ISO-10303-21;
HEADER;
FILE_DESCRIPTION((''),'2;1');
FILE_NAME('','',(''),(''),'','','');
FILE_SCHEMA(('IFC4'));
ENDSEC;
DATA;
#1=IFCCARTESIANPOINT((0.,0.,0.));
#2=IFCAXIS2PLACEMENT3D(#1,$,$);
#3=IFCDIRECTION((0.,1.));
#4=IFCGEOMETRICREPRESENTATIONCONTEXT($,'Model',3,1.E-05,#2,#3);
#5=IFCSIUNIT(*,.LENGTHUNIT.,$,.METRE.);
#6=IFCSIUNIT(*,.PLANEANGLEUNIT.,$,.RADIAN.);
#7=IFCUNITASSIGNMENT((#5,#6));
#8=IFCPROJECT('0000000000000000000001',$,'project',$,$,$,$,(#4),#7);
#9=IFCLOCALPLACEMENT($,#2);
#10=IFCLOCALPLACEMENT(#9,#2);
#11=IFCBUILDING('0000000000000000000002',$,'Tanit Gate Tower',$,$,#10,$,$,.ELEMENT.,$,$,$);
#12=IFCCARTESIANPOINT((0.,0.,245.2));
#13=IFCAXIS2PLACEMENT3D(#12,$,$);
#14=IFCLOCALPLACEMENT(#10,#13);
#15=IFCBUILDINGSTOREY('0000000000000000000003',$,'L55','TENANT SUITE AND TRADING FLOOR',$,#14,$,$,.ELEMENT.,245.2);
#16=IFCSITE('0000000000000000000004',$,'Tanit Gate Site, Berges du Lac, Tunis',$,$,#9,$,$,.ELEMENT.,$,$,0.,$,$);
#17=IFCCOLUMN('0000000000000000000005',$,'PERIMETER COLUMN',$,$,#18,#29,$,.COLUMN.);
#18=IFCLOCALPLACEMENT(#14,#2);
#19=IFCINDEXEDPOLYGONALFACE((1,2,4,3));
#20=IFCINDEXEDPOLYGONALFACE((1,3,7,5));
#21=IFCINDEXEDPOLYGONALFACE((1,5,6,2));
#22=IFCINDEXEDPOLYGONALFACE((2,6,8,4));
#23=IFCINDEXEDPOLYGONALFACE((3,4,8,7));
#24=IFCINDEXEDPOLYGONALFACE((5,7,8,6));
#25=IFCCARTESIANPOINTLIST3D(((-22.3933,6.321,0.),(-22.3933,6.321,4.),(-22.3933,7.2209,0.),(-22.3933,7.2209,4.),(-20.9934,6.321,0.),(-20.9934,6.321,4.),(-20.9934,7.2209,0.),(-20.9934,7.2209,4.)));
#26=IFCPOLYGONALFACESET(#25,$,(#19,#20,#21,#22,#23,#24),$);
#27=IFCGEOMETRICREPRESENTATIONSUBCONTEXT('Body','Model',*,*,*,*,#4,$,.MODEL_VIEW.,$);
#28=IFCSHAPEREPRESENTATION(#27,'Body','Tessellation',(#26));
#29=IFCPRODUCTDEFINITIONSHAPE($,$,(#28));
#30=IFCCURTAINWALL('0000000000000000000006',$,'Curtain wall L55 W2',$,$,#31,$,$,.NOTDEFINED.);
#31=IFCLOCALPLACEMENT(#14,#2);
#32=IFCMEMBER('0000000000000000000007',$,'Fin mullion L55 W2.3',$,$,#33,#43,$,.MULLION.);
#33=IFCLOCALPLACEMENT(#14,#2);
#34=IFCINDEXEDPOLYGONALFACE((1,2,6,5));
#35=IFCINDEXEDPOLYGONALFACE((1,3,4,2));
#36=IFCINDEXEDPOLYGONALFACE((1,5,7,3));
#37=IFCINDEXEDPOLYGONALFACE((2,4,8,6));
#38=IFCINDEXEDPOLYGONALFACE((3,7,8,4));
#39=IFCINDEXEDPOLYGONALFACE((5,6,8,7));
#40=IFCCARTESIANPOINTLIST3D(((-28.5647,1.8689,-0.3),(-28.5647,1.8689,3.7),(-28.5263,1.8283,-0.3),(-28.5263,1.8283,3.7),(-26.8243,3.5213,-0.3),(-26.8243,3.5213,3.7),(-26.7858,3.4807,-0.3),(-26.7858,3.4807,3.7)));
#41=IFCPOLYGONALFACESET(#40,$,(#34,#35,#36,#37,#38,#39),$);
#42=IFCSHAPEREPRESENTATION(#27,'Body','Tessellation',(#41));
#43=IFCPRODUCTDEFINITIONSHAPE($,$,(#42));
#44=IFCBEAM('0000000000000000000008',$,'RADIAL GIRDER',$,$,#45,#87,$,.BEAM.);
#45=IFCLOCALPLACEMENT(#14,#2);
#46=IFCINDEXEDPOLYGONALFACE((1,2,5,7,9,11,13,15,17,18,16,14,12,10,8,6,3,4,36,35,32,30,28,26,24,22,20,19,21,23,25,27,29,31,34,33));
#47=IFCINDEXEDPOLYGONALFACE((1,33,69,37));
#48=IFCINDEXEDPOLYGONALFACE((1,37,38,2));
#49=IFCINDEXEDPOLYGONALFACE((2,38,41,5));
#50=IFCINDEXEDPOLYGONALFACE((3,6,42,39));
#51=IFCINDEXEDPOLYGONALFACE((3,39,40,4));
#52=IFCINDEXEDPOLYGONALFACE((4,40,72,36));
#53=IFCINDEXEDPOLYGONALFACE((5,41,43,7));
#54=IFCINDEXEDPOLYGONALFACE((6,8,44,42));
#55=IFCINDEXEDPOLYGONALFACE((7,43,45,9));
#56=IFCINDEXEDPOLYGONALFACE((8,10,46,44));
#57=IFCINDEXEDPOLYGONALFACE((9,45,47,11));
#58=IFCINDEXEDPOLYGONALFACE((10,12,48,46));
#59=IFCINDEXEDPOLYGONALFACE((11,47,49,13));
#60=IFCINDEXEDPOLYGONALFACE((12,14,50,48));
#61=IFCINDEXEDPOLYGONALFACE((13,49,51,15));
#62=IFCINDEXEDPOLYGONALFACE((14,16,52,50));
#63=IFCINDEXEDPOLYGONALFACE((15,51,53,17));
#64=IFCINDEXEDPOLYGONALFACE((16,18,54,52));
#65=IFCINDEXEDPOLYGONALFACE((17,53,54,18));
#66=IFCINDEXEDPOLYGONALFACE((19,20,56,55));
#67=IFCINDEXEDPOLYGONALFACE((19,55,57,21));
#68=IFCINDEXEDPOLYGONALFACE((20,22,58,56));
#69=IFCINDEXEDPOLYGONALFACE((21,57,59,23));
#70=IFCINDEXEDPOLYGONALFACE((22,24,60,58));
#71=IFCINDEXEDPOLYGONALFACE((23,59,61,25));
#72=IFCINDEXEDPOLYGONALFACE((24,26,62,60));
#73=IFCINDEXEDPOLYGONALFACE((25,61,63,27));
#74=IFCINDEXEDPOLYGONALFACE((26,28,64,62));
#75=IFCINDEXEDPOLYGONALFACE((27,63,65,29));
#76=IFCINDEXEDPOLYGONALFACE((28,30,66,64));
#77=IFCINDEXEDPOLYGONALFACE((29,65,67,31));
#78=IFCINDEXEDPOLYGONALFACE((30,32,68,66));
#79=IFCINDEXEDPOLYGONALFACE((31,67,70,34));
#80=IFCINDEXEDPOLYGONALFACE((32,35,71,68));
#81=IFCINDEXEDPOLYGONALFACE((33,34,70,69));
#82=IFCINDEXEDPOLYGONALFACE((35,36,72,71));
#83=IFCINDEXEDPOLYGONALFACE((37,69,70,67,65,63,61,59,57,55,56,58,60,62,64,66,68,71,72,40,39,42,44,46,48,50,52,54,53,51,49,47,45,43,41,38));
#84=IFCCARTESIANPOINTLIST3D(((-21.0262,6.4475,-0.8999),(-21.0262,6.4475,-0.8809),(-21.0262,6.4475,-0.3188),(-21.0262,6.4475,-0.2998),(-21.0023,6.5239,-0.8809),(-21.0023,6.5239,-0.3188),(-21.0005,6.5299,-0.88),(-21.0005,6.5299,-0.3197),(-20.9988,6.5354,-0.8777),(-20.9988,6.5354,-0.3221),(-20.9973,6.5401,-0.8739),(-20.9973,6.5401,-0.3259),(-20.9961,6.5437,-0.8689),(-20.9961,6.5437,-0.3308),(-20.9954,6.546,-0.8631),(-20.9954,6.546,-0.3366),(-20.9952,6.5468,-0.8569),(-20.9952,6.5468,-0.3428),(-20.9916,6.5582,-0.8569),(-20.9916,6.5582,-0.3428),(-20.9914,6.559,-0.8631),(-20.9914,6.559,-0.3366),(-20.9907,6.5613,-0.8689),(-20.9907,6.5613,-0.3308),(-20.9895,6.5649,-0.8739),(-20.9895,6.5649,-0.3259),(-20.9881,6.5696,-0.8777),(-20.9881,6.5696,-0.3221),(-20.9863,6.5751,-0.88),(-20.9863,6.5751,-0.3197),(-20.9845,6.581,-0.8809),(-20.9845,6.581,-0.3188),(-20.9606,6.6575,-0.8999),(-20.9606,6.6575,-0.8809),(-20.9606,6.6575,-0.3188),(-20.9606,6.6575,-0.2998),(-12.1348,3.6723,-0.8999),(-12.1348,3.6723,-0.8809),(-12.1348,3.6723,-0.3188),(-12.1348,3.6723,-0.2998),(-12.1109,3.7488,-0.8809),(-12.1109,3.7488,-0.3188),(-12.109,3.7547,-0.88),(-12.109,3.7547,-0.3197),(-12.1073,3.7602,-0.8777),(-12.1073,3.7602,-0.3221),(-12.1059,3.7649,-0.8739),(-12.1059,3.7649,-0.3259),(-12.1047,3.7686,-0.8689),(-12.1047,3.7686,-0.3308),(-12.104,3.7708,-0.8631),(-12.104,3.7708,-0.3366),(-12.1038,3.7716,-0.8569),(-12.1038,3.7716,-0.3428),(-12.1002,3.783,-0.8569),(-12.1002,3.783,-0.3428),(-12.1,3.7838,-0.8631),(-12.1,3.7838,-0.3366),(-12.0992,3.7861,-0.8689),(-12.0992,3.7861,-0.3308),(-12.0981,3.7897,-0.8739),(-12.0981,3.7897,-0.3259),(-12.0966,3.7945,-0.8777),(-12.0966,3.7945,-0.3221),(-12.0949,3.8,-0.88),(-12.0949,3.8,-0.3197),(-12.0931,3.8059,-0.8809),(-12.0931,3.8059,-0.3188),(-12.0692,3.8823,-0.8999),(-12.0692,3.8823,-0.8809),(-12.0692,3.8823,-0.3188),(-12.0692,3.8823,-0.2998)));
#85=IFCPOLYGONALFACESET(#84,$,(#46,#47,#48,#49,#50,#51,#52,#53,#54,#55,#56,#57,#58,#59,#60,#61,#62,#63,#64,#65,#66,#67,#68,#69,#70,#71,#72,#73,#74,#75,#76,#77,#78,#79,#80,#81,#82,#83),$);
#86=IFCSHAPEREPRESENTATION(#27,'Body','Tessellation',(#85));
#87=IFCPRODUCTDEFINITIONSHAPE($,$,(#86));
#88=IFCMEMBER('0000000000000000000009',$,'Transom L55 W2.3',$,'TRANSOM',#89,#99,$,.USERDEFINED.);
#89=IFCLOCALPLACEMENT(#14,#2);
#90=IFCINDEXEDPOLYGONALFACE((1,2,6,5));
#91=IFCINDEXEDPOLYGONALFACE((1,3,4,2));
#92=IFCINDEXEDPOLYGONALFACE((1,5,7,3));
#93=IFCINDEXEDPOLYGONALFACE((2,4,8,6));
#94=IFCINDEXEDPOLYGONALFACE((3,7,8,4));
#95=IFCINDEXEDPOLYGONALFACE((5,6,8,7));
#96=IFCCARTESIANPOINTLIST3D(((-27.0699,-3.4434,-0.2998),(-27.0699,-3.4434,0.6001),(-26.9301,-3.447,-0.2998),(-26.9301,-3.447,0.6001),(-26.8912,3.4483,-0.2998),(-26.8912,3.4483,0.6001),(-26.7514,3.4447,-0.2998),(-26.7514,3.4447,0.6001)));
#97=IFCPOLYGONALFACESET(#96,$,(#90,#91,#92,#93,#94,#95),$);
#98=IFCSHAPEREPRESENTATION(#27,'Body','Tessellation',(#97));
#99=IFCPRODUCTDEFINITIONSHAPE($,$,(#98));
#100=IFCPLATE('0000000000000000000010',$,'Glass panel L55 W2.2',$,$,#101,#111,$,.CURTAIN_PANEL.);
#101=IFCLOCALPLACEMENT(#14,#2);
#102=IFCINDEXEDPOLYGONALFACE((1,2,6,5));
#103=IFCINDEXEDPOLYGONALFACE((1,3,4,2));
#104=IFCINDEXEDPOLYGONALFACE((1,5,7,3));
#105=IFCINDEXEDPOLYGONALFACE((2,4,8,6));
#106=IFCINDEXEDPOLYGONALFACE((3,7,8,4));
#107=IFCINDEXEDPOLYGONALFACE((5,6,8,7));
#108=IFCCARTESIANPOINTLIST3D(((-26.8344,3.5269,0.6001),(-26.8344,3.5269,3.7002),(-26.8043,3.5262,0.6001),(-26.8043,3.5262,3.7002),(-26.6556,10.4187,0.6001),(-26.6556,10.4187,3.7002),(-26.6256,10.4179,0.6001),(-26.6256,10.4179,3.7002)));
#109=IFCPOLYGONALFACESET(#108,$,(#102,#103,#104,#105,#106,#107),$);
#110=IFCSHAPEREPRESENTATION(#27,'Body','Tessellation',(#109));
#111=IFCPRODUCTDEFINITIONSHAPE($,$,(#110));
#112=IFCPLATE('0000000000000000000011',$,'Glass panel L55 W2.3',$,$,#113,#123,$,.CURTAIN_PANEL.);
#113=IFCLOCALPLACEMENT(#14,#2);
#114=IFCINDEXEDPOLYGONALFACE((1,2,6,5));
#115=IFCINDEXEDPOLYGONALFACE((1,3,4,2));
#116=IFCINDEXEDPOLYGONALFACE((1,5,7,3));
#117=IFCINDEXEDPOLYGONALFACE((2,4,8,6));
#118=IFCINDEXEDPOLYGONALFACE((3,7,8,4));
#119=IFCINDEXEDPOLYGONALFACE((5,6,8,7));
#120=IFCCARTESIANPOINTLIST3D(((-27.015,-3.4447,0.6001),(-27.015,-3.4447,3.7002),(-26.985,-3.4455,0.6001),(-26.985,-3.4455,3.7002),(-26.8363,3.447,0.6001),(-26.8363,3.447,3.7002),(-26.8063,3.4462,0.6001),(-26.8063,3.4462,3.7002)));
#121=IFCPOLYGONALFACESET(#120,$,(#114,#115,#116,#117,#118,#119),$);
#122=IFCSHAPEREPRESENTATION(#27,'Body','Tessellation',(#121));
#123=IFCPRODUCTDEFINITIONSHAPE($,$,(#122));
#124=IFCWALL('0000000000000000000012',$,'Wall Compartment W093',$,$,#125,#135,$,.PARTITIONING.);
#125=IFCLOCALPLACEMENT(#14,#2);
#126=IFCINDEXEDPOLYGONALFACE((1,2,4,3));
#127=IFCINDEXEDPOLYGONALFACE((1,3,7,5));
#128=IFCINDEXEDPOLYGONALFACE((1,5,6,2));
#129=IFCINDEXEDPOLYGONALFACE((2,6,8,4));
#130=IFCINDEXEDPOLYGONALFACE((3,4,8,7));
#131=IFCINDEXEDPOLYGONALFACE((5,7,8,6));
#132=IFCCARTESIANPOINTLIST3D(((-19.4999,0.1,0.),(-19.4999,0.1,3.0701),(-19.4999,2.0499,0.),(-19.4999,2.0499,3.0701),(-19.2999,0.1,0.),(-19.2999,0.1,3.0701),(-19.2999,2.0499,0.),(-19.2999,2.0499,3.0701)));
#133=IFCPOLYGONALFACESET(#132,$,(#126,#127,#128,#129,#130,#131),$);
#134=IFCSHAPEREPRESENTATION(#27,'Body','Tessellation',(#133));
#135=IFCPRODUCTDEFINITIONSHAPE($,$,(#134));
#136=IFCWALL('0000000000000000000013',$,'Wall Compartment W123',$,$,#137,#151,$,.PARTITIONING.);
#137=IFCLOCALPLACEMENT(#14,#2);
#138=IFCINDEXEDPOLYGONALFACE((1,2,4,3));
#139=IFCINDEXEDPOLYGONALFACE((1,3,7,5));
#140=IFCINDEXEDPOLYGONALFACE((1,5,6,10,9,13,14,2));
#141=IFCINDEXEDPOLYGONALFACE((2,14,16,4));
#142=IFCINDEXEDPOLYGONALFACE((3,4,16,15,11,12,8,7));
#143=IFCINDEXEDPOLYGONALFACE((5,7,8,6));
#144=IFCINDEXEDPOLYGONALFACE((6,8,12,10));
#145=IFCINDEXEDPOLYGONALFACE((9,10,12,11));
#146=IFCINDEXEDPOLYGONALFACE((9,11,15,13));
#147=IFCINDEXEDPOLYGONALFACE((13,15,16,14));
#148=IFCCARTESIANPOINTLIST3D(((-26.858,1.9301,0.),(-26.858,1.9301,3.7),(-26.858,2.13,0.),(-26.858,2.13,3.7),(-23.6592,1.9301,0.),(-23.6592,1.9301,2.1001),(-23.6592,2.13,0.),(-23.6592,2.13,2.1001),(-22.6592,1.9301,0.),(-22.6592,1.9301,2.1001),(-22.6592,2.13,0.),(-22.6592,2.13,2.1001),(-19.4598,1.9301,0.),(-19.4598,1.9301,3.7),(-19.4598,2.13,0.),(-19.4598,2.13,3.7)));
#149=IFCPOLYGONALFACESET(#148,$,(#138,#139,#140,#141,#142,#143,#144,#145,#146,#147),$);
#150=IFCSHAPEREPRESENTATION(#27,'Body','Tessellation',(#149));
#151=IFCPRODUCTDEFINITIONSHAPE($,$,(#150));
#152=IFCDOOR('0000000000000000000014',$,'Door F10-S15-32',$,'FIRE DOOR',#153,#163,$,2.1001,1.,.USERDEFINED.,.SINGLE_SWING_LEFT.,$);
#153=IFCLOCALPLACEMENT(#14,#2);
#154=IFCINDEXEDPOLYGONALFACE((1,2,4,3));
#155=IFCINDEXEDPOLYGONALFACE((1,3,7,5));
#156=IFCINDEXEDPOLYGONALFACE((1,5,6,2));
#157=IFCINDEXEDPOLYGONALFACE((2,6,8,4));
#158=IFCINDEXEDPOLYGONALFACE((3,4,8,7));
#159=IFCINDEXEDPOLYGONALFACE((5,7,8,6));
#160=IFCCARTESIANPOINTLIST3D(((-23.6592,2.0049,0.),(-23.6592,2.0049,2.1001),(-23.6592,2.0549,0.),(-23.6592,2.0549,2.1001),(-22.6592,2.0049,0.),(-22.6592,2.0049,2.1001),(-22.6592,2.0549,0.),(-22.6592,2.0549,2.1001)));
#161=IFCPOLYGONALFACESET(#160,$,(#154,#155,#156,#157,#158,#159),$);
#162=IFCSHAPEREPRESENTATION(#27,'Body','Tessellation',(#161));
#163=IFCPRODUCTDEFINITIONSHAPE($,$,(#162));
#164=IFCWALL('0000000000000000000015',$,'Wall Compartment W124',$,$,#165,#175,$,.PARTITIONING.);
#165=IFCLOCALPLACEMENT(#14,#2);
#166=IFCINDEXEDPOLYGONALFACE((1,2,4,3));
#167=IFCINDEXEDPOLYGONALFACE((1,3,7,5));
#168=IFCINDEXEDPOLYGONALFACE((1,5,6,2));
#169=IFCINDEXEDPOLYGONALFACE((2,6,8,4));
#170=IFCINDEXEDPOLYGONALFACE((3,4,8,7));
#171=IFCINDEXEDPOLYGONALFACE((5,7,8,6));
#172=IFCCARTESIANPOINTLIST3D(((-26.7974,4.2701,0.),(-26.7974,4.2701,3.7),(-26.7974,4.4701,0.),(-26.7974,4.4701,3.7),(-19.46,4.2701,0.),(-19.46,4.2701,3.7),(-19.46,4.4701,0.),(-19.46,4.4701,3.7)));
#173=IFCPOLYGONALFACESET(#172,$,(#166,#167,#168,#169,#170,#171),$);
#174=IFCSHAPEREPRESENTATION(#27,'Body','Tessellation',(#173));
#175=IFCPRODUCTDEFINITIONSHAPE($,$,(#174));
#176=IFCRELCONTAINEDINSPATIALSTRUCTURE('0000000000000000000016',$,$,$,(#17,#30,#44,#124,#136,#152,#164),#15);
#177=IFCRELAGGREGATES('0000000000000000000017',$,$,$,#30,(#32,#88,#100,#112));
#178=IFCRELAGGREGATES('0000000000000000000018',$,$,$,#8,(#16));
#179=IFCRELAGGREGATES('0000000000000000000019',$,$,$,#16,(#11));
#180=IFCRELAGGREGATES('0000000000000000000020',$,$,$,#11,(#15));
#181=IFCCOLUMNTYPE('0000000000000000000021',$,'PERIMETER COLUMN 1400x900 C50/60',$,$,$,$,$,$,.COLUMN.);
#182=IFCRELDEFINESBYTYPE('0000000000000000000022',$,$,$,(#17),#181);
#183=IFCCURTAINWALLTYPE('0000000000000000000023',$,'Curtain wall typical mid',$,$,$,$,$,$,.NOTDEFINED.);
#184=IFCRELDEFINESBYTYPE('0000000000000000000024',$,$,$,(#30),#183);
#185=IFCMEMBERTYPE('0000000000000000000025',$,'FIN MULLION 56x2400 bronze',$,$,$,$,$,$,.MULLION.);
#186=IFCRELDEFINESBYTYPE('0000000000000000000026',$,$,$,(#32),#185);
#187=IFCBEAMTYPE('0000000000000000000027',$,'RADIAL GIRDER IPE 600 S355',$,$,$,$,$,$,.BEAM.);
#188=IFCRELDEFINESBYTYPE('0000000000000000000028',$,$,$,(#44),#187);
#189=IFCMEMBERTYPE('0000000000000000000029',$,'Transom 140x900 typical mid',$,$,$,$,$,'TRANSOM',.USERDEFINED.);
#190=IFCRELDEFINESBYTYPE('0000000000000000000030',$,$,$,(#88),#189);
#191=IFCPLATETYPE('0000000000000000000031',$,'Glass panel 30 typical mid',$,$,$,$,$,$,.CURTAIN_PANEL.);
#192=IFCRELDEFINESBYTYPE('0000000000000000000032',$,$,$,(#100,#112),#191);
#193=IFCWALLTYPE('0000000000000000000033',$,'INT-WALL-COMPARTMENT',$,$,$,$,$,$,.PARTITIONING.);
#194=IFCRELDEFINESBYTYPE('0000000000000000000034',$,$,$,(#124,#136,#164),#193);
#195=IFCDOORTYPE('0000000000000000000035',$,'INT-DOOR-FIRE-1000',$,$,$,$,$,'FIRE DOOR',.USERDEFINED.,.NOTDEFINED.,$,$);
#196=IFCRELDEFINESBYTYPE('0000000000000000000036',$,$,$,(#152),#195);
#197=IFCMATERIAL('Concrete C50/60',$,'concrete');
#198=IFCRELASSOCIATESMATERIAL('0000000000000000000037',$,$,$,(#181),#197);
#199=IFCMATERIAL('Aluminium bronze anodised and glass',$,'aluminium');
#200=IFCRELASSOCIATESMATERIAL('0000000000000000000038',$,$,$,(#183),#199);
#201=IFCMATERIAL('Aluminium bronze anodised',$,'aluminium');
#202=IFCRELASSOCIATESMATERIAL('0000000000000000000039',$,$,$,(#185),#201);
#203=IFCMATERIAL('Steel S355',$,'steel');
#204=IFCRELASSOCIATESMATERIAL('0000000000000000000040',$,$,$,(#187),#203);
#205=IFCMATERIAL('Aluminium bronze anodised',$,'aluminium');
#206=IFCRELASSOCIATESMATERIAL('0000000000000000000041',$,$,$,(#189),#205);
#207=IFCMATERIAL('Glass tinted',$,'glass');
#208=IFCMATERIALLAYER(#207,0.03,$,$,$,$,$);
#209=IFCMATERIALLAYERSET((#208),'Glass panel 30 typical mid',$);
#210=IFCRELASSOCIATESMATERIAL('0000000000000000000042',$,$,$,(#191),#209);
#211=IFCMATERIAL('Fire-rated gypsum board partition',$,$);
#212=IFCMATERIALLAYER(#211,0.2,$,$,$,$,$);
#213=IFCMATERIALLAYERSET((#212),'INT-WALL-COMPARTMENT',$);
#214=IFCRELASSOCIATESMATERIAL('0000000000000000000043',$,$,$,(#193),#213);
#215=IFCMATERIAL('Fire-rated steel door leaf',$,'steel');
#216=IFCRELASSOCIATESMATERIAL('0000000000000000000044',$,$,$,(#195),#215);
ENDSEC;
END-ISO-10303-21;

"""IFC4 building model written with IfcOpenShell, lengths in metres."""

from ifc_helpers import new_model, si_unit, direction, frame, frame_2d, origin, origin_2d, place, context, subcontext, project, spatial, rectangle, i_section, extrude, material, layer, layer_set, material_profile, profile_set, type_object, element, fill, aggregate, save


model = new_model("IFC4")

# Units and contexts
model_context = context("Model", 3, precision=1e-05, world=origin(), true_north=direction((0.0, 1.0)))
body_context = subcontext(model_context, "Body", "Model", "MODEL_VIEW")
ifc_project = project(units=[si_unit("LENGTHUNIT", "METRE"), si_unit("PLANEANGLEUNIT", "RADIAN")], contexts=[model_context])

# Site, building, storey
site_placement = place(None, origin())
site = spatial("IfcSite", under=ifc_project, at=site_placement, Name="Tanit Gate Site, Berges du Lac, Tunis", CompositionType="ELEMENT", RefElevation=0.0)
building_placement = place(site_placement, origin())
building = spatial("IfcBuilding", under=site, at=building_placement, Name="Tanit Gate Tower", CompositionType="ELEMENT")
storey_placement = place(building_placement, frame((0.0, 0.0, 245.2)))
storey = spatial("IfcBuildingStorey", under=building, at=storey_placement, Name="L55", Description="TENANT SUITE AND TRADING FLOOR", CompositionType="ELEMENT", Elevation=245.2)

# Column
ifc_material_1 = material(Name="Concrete C50/60", Category="concrete")
ifc_material_profile_1 = material_profile(ifc_material_1, rectangle(XDim=1.3999, YDim=0.8999, at=origin_2d()), Name="RC 1400x900")
ifc_profile_set_1 = profile_set([ifc_material_profile_1], Name="Concrete C50/60")
column_type = type_object("IfcColumnType", Name="PERIMETER COLUMN 1400x900 C50/60", PredefinedType="COLUMN", material=ifc_profile_set_1)
column_placement = place(storey_placement, frame((-21.6934, 6.771, 0.0), z_axis=(0.0, 0.0, 1.0), x_axis=(-1.0, 0.0, 0.0)))
element("IfcColumn", 1, at=column_placement, inside=storey, type_object=column_type, Name="PERIMETER COLUMN", PredefinedType="COLUMN", context=body_context, shape_type="SweptSolid", body=[
    extrude(rectangle(XDim=1.3999, YDim=0.8999, at=origin_2d()), origin(), (0.0, 0.0, 1.0), 4.0),
])

# Curtain wall, member
ifc_material_2 = material(Name="Aluminium bronze anodised and glass", Category="aluminium")
curtain_wall_type = type_object("IfcCurtainWallType", Name="Curtain wall typical mid", PredefinedType="NOTDEFINED", material=ifc_material_2)
curtain_wall_placement = place(storey_placement, origin())
curtain_wall = element("IfcCurtainWall", 2, at=curtain_wall_placement, inside=storey, type_object=curtain_wall_type, Name="Curtain wall L55 W2", PredefinedType="NOTDEFINED")
ifc_material_3 = material(Name="Aluminium bronze anodised", Category="aluminium")
ifc_material_profile_2 = material_profile(ifc_material_3, rectangle(XDim=2.3999, YDim=0.0559, at=origin_2d()), Name="56x2400 bronze fin mullion")
ifc_profile_set_2 = profile_set([ifc_material_profile_2], Name="Aluminium bronze anodised")
member_type_1 = type_object("IfcMemberType", Name="FIN MULLION 56x2400 bronze", PredefinedType="MULLION", material=ifc_profile_set_2)
member_1_placement = place(storey_placement, frame((-27.6753, 2.6748, -0.3), z_axis=(0.0, 0.0, 1.0), x_axis=(0.7252, 0.688538, 0.0)))
member_1 = element("IfcMember", 3, at=member_1_placement, type_object=member_type_1, Name="Fin mullion L55 W2.3", PredefinedType="MULLION", context=body_context, shape_type="SweptSolid", body=[
    extrude(rectangle(XDim=2.3999, YDim=0.0559, at=origin_2d()), origin(), (0.0, 0.0, 1.0), 4.0),
])

# Beam
ifc_material_4 = material(Name="Steel S355", Category="steel")
ifc_material_profile_3 = material_profile(ifc_material_4, i_section(OverallWidth=0.22, OverallDepth=0.6001, WebThickness=0.012, FlangeThickness=0.019, FilletRadius=0.0239, at=origin_2d()), Name="IPE 600")
ifc_profile_set_3 = profile_set([ifc_material_profile_3], Name="Steel S355")
beam_type = type_object("IfcBeamType", Name="RADIAL GIRDER IPE 600 S355", PredefinedType="BEAM", material=ifc_profile_set_3)
beam_placement = place(storey_placement, frame((-20.9934, 6.5525, -0.5999), z_axis=(0.954584, -0.297942, 0.0), x_axis=(0.297942, 0.954584, 0.0)))
element("IfcBeam", 4, at=beam_placement, inside=storey, type_object=beam_type, Name="RADIAL GIRDER", PredefinedType="BEAM", context=body_context, shape_type="SweptSolid", body=[
    extrude(i_section(OverallWidth=0.22, OverallDepth=0.6001, WebThickness=0.012, FlangeThickness=0.019, FilletRadius=0.0239, at=origin_2d()), origin(), (0.0, 0.0, 1.0), 9.3145),
])

# Member
ifc_material_5 = material(Name="Aluminium bronze anodised", Category="aluminium")
ifc_material_profile_4 = material_profile(ifc_material_5, rectangle(XDim=0.1399, YDim=0.8999, at=origin_2d()), Name="140x900 bronze transom")
ifc_profile_set_4 = profile_set([ifc_material_profile_4], Name="Aluminium bronze anodised")
member_type_2 = type_object("IfcMemberType", Name="Transom 140x900 typical mid", ElementType="TRANSOM", PredefinedType="USERDEFINED", material=ifc_profile_set_4)
member_2_placement = place(storey_placement, frame((-26.8213, 3.4465, 0.1501), z_axis=(-0.025922, -0.999664, 0.0), x_axis=(0.999664, -0.025922, 0.0)))
member_2 = element("IfcMember", 5, at=member_2_placement, type_object=member_type_2, Name="Transom L55 W2.3", ObjectType="TRANSOM", PredefinedType="USERDEFINED", context=body_context, shape_type="SweptSolid", body=[
    extrude(rectangle(XDim=0.1399, YDim=0.8999, at=origin_2d()), origin(), (0.0, 0.0, 1.0), 6.894),
])

# Plates
ifc_material_6 = material(Name="Glass tinted", Category="glass")
ifc_layer_1 = layer(ifc_material_6, 0.03)
ifc_layer_set_1 = layer_set([ifc_layer_1], Name="Glass panel 30 typical mid")
plate_type = type_object("IfcPlateType", Name="Glass panel 30 typical mid", PredefinedType="CURTAIN_PANEL", material=ifc_layer_set_1)
plate_1_placement = place(storey_placement, frame((-26.73, 6.9724, 0.6001), z_axis=(0.0, 0.0, 1.0), x_axis=(-0.025924, -0.999664, 0.0)))
plate_1 = element("IfcPlate", 6, at=plate_1_placement, type_object=plate_type, Name="Glass panel L55 W2.2", PredefinedType="CURTAIN_PANEL", context=body_context, shape_type="SweptSolid", body=[
    extrude(rectangle(XDim=6.894, YDim=0.03, at=origin_2d()), origin(), (0.0, 0.0, 1.0), 3.1001),
])
plate_2_placement = place(storey_placement, frame((-26.9106, 0.0007, 0.6001), z_axis=(0.0, 0.0, 1.0), x_axis=(-0.025924, -0.999664, 0.0)))
plate_2 = element("IfcPlate", 7, at=plate_2_placement, type_object=plate_type, Name="Glass panel L55 W2.3", PredefinedType="CURTAIN_PANEL", context=body_context, shape_type="SweptSolid", body=[
    extrude(rectangle(XDim=6.894, YDim=0.03, at=origin_2d()), origin(), (0.0, 0.0, 1.0), 3.1001),
])
aggregate(curtain_wall, [member_1, member_2, plate_1, plate_2])

# Wall
ifc_material_7 = material(Name="Fire-rated gypsum board partition")
ifc_layer_2 = layer(ifc_material_7, 0.2)
ifc_layer_set_2 = layer_set([ifc_layer_2], Name="INT-WALL-COMPARTMENT")
wall_type_1 = type_object("IfcWallType", Name="INT-WALL-COMPARTMENT", PredefinedType="PARTITIONING", material=ifc_layer_set_2)
wall_1_placement = place(storey_placement, frame((-19.3999, 2.05, 0.0), z_axis=(0.0, 0.0, 1.0), x_axis=(0.0, -1.0, 0.0)))
element("IfcWall", 8, at=wall_1_placement, inside=storey, type_object=wall_type_1, Name="Wall Compartment W093", PredefinedType="PARTITIONING", context=body_context, shape_type="SweptSolid", body=[
    extrude(rectangle(XDim=1.95, YDim=0.2, at=frame_2d((0.9751, 0.0))), origin(), (0.0, 0.0, 1.0), 3.0701),
])

# Wall, opening, door
wall_2_placement = place(storey_placement, frame((-26.8582, 2.03, 0.0), z_axis=(0.0, 0.0, 1.0), x_axis=(1.0, 0.0, 0.0)))
wall_2 = element("IfcWall", 9, at=wall_2_placement, inside=storey, type_object=wall_type_1, Name="Wall Compartment W123", PredefinedType="PARTITIONING", context=body_context, shape_type="SweptSolid", body=[
    extrude(rectangle(XDim=7.3982, YDim=0.2, at=frame_2d((3.6992, 0.0))), origin(), (0.0, 0.0, 1.0), 3.7),
])
opening_1_placement = place(wall_2_placement, frame((3.199, 0.0, 0.0)))
opening_1 = element("IfcOpeningElement", 10, at=opening_1_placement, cuts=wall_2, PredefinedType="OPENING", context=body_context, shape_type="SweptSolid", body=[
    extrude(rectangle(XDim=1.0, YDim=2.1001, at=frame_2d((0.5, 1.05))), frame((0.0, 0.1099, 0.0), z_axis=(0.0, -1.0, 0.0), x_axis=(1.0, 0.0, 0.0)), (0.0, 0.0, 1.0), 0.22),
])
ifc_material_8 = material(Name="Fire-rated steel door leaf", Category="steel")
door_type_1 = type_object("IfcDoorType", Name="INT-DOOR-FIRE-1000", ElementType="FIRE DOOR", OperationType="NOTDEFINED", PredefinedType="USERDEFINED", material=ifc_material_8)
door_1_placement = place(opening_1_placement, origin())
door_1 = element("IfcDoor", 11, at=door_1_placement, inside=storey, type_object=door_type_1, Name="Door F10-S15-32", ObjectType="FIRE DOOR", OperationType="SINGLE_SWING_LEFT", OverallHeight=2.1001, OverallWidth=1.0, PredefinedType="USERDEFINED", context=body_context, shape_type="SweptSolid", body=[
    extrude(rectangle(XDim=1.0, YDim=2.1001, at=frame_2d((0.5, 1.05))), frame((0.0, 0.0249, 0.0), z_axis=(0.0, -1.0, 0.0), x_axis=(1.0, 0.0, 0.0)), (0.0, 0.0, 1.0), 0.05),
])
fill(opening_1, door_1)

# Wall
wall_3_placement = place(storey_placement, frame((-19.46, 4.3701, 0.0), z_axis=(0.0, 0.0, 1.0), x_axis=(-1.0, 0.0, 0.0)))
element("IfcWall", 12, at=wall_3_placement, inside=storey, type_object=wall_type_1, Name="Wall Compartment W124", PredefinedType="PARTITIONING", context=body_context, shape_type="SweptSolid", body=[
    extrude(rectangle(XDim=7.3374, YDim=0.2, at=frame_2d((3.6687, 0.0))), origin(), (0.0, 0.0, 1.0), 3.7),
])

save(model, "model.ifc")
